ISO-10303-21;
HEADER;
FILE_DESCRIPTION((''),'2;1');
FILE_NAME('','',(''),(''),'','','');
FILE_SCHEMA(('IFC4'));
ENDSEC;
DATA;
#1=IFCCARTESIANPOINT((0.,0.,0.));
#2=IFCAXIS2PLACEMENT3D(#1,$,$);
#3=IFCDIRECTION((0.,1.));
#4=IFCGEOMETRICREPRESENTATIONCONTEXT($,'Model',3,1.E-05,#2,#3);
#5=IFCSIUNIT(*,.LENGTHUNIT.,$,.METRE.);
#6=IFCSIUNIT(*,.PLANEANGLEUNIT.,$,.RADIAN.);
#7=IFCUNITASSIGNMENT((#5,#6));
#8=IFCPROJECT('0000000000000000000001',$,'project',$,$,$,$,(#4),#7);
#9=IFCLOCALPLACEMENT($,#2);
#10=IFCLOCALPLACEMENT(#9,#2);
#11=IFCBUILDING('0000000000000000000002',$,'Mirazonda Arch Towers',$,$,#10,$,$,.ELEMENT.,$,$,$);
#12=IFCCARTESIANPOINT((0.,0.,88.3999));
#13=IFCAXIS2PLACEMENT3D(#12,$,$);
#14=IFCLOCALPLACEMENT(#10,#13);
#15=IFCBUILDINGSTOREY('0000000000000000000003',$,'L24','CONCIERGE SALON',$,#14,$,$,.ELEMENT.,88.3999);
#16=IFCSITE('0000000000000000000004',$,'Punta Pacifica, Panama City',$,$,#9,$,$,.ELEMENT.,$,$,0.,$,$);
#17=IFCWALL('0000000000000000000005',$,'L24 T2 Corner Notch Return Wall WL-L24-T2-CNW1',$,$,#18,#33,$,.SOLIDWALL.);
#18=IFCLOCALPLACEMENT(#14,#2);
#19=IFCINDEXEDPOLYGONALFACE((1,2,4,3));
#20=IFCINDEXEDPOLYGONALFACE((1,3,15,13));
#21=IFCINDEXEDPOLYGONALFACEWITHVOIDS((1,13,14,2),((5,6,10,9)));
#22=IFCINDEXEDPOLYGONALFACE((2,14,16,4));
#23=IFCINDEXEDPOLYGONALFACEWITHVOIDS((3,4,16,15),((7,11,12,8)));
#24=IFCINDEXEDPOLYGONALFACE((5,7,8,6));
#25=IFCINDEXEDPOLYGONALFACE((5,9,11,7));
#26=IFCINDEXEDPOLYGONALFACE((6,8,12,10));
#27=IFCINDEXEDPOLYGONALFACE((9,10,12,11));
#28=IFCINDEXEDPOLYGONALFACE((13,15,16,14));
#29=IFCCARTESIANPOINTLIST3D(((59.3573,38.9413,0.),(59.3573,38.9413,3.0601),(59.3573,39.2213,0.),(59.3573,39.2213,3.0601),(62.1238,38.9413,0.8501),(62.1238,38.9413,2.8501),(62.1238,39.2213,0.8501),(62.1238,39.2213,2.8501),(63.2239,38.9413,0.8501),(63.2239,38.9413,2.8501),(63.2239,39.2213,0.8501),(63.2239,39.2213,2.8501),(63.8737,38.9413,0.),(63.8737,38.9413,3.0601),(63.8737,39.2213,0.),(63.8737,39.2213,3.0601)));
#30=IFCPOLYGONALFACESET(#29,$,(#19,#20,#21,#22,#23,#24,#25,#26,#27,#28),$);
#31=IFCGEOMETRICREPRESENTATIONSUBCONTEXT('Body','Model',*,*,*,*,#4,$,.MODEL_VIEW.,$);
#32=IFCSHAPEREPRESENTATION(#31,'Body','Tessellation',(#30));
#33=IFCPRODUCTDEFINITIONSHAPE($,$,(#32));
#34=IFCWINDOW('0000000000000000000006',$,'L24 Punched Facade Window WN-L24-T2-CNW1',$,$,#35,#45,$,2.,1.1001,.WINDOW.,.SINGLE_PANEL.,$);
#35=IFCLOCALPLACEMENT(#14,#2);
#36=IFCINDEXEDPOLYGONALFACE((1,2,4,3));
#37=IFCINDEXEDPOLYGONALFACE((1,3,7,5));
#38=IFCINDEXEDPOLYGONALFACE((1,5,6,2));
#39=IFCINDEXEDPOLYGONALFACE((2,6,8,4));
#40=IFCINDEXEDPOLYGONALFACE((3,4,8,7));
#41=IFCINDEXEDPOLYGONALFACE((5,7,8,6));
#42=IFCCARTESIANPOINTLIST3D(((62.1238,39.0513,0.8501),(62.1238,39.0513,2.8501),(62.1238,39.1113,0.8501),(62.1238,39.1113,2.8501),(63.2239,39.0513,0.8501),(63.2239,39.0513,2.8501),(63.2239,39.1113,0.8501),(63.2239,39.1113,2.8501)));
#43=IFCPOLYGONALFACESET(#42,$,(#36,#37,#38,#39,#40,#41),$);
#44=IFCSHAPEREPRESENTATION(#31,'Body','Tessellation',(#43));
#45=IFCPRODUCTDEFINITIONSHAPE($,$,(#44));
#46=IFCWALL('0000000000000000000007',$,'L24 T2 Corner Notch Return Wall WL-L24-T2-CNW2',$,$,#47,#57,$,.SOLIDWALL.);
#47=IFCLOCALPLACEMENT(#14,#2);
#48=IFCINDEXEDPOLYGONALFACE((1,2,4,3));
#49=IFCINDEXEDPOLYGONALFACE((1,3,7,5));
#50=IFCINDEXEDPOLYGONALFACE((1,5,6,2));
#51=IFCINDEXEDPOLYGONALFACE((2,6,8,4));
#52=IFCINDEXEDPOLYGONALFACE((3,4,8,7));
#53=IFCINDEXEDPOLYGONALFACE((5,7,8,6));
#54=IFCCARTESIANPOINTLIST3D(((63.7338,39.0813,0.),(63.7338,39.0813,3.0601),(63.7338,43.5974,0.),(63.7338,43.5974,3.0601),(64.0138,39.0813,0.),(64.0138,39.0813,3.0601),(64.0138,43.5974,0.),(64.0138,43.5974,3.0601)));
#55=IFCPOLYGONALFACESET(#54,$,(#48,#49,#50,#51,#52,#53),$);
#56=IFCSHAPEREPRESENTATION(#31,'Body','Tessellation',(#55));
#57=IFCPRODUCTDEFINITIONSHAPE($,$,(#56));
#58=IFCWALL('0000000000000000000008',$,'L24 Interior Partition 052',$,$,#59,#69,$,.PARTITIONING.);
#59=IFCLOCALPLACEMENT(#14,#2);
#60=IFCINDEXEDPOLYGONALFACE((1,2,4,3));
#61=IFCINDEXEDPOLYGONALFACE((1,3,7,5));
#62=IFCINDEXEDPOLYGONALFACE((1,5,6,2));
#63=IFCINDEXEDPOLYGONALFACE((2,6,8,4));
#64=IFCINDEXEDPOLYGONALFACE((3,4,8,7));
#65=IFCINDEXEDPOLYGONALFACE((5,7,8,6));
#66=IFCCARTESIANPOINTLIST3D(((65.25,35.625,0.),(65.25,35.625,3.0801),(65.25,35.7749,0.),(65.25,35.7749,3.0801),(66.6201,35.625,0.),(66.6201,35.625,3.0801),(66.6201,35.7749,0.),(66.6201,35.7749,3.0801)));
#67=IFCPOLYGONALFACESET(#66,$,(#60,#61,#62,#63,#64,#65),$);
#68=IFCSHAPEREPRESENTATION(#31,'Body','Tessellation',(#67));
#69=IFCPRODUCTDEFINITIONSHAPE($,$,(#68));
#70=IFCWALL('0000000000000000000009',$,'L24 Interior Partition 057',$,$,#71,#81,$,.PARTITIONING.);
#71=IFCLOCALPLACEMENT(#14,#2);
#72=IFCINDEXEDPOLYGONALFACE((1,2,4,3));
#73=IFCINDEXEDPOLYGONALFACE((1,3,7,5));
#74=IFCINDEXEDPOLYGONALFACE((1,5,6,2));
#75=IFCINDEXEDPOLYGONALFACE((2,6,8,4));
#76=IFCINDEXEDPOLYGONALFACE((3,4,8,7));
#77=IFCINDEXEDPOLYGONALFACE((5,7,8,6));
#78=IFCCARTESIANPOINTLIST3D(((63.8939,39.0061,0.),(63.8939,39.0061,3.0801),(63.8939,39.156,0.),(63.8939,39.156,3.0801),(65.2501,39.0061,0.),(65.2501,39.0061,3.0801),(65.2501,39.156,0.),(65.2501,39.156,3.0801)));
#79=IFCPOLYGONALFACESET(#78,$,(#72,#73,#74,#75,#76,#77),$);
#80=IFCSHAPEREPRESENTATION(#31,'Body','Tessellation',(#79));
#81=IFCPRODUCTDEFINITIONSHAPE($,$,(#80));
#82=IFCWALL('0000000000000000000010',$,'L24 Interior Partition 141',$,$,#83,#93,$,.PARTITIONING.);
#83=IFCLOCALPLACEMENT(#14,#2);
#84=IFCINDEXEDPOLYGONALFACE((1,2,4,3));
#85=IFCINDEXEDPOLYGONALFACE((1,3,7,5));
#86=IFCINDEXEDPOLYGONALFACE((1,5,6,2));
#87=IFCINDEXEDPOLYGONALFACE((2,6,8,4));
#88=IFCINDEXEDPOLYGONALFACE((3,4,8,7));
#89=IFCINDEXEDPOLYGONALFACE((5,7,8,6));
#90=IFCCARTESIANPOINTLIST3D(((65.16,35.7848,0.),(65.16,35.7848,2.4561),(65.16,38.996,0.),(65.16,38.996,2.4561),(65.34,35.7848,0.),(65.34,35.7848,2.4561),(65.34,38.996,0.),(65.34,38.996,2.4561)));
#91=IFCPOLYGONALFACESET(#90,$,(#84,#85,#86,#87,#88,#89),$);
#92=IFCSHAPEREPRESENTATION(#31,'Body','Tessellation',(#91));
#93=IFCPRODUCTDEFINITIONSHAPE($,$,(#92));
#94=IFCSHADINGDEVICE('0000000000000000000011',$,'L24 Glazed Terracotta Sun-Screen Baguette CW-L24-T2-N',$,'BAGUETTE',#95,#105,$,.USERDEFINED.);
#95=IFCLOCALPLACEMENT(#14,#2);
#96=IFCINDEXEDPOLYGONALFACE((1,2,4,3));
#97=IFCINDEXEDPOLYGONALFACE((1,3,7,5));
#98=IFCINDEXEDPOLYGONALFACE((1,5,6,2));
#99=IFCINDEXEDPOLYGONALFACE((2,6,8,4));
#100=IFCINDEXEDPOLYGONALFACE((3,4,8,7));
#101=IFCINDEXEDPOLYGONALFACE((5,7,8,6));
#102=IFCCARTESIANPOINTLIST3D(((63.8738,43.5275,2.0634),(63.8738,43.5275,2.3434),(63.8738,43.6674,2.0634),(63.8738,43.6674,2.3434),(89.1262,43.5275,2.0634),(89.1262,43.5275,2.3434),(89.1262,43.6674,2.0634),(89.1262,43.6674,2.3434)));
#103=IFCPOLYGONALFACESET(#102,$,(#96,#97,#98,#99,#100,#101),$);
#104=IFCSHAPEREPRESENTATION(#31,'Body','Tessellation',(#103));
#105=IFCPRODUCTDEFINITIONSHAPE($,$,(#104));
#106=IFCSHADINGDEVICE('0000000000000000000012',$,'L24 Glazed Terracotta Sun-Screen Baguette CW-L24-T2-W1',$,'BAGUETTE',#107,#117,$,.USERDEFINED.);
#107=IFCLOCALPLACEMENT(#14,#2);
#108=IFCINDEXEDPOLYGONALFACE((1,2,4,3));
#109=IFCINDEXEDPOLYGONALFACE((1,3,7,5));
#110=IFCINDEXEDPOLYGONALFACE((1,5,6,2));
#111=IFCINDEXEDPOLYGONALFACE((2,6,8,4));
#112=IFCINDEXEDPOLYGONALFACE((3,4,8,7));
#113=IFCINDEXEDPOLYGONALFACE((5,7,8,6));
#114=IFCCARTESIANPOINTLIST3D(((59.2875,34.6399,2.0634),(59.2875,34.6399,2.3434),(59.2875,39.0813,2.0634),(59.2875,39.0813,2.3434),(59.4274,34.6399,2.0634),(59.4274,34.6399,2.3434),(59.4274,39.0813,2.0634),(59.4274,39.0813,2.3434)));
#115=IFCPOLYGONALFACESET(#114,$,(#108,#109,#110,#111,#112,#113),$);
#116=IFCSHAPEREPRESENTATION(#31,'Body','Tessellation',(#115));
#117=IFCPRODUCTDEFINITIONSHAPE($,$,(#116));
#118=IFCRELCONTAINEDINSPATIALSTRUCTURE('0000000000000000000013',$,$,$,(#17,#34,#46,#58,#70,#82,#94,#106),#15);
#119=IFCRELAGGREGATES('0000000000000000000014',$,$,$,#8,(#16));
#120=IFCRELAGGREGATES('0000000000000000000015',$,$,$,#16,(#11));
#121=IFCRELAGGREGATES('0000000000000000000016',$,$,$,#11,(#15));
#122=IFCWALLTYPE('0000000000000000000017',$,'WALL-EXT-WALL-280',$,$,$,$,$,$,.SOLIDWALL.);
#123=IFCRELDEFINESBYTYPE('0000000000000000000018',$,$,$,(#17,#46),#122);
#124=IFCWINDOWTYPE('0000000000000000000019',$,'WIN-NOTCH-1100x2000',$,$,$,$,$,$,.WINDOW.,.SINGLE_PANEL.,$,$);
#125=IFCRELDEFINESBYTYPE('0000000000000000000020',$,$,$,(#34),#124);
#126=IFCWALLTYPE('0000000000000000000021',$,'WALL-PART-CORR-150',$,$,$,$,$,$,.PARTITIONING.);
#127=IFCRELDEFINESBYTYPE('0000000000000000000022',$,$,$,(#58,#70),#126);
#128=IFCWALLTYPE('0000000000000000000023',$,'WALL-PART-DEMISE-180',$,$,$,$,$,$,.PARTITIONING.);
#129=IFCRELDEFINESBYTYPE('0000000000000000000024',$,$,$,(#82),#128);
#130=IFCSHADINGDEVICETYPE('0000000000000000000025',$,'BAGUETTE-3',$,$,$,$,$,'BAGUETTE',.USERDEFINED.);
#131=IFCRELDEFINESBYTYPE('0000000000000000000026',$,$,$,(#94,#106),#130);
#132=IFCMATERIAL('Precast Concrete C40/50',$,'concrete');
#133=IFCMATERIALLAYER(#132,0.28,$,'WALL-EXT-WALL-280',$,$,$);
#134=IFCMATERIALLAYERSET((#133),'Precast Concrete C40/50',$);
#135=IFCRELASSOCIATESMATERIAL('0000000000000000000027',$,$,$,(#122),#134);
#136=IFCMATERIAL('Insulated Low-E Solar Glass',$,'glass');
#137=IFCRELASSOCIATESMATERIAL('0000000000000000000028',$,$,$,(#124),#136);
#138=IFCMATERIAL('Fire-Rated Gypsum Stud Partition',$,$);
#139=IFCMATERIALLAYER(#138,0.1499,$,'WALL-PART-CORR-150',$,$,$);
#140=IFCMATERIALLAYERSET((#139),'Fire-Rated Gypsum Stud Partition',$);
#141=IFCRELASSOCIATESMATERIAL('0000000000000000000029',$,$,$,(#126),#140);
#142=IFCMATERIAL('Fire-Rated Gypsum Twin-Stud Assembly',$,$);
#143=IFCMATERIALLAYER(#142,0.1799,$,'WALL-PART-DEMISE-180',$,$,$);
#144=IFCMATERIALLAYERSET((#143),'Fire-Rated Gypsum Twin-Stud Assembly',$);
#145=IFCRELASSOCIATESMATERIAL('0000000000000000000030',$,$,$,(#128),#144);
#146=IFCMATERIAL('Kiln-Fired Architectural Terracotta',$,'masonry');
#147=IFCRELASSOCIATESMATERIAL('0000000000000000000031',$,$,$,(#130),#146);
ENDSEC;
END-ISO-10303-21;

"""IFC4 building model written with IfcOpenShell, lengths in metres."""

from ifc_helpers import new_model, si_unit, direction, frame, frame_2d, origin, origin_2d, place, context, subcontext, project, spatial, rectangle, extrude, material, layer, layer_set, material_profile, profile_set, type_object, element, fill, save


model = new_model("IFC4")

# Units and contexts
model_context = context("Model", 3, precision=1e-05, world=origin(), true_north=direction((0.0, 1.0)))
body_context = subcontext(model_context, "Body", "Model", "MODEL_VIEW")
ifc_project = project(units=[si_unit("LENGTHUNIT", "METRE"), si_unit("PLANEANGLEUNIT", "RADIAN")], contexts=[model_context])

# Site, building, storey
site_placement = place(None, origin())
site = spatial("IfcSite", under=ifc_project, at=site_placement, Name="Punta Pacifica, Panama City", CompositionType="ELEMENT", RefElevation=0.0)
building_placement = place(site_placement, origin())
building = spatial("IfcBuilding", under=site, at=building_placement, Name="Mirazonda Arch Towers", CompositionType="ELEMENT")
storey_placement = place(building_placement, frame((0.0, 0.0, 88.3999)))
storey = spatial("IfcBuildingStorey", under=building, at=storey_placement, Name="L24", Description="CONCIERGE SALON", CompositionType="ELEMENT", Elevation=88.3999)

# Shared definitions
ifc_material_1 = material(Name="Insulated Low-E Solar Glass", Category="glass")

# Wall, opening, window
ifc_material_2 = material(Name="Precast Concrete C40/50", Category="concrete")
ifc_layer_1 = layer(ifc_material_2, 0.28, Name="WALL-EXT-WALL-280")
ifc_layer_set_1 = layer_set([ifc_layer_1], Name="Precast Concrete C40/50")
wall_type_1 = type_object("IfcWallType", Name="WALL-EXT-WALL-280", PredefinedType="SOLIDWALL", material=ifc_layer_set_1)
wall_1_placement = place(storey_placement, frame((63.8738, 39.0813, 0.0), z_axis=(0.0, 0.0, 1.0), x_axis=(-1.0, 0.0, 0.0)))
wall_1 = element("IfcWall", 1, at=wall_1_placement, inside=storey, type_object=wall_type_1, Name="L24 T2 Corner Notch Return Wall WL-L24-T2-CNW1", PredefinedType="SOLIDWALL", context=body_context, shape_type="SweptSolid", body=[
    extrude(rectangle(XDim=4.5164, YDim=0.28, at=frame_2d((2.2583, 0.0))), origin(), (0.0, 0.0, 1.0), 3.0601),
])
opening_placement = place(wall_1_placement, frame((0.6499, 0.0, 0.8501)))
opening = element("IfcOpeningElement", 2, at=opening_placement, cuts=wall_1, PredefinedType="OPENING", context=body_context, shape_type="SweptSolid", body=[
    extrude(rectangle(XDim=1.1001, YDim=2.0, at=frame_2d((0.55, 1.0))), frame((0.0, 0.1499, 0.0), z_axis=(0.0, -1.0, 0.0), x_axis=(1.0, 0.0, 0.0)), (0.0, 0.0, 1.0), 0.3),
])
window_type = type_object("IfcWindowType", Name="WIN-NOTCH-1100x2000", PartitioningType="SINGLE_PANEL", PredefinedType="WINDOW", material=ifc_material_1)
window_placement = place(opening_placement, origin())
window = element("IfcWindow", 3, at=window_placement, inside=storey, type_object=window_type, Name="L24 Punched Facade Window WN-L24-T2-CNW1", OverallHeight=2.0, OverallWidth=1.1001, PartitioningType="SINGLE_PANEL", PredefinedType="WINDOW", context=body_context, shape_type="SweptSolid", body=[
    extrude(rectangle(XDim=1.1001, YDim=2.0, at=frame_2d((0.55, 1.0))), frame((0.0, 0.03, 0.0), z_axis=(0.0, -1.0, 0.0), x_axis=(1.0, 0.0, 0.0)), (0.0, 0.0, 1.0), 0.0601),
])
fill(opening, window)

# Walls
wall_2_placement = place(storey_placement, frame((63.8738, 43.5974, 0.0), z_axis=(0.0, 0.0, 1.0), x_axis=(0.0, -1.0, 0.0)))
element("IfcWall", 4, at=wall_2_placement, inside=storey, type_object=wall_type_1, Name="L24 T2 Corner Notch Return Wall WL-L24-T2-CNW2", PredefinedType="SOLIDWALL", context=body_context, shape_type="SweptSolid", body=[
    extrude(rectangle(XDim=4.5161, YDim=0.28, at=frame_2d((2.2581, 0.0))), origin(), (0.0, 0.0, 1.0), 3.0601),
])
ifc_material_3 = material(Name="Fire-Rated Gypsum Stud Partition")
ifc_layer_2 = layer(ifc_material_3, 0.1499, Name="WALL-PART-CORR-150")
ifc_layer_set_2 = layer_set([ifc_layer_2], Name="Fire-Rated Gypsum Stud Partition")
wall_type_2 = type_object("IfcWallType", Name="WALL-PART-CORR-150", PredefinedType="PARTITIONING", material=ifc_layer_set_2)
wall_3_placement = place(storey_placement, frame((65.25, 35.7, 0.0), z_axis=(0.0, 0.0, 1.0), x_axis=(1.0, 0.0, 0.0)))
element("IfcWall", 5, at=wall_3_placement, inside=storey, type_object=wall_type_2, Name="L24 Interior Partition 052", PredefinedType="PARTITIONING", context=body_context, shape_type="SweptSolid", body=[
    extrude(rectangle(XDim=1.3701, YDim=0.1499, at=frame_2d((0.6851, 0.0))), origin(), (0.0, 0.0, 1.0), 3.0801),
])
wall_4_placement = place(storey_placement, frame((63.8938, 39.0811, 0.0), z_axis=(0.0, 0.0, 1.0), x_axis=(1.0, 0.0, 0.0)))
element("IfcWall", 6, at=wall_4_placement, inside=storey, type_object=wall_type_2, Name="L24 Interior Partition 057", PredefinedType="PARTITIONING", context=body_context, shape_type="SweptSolid", body=[
    extrude(rectangle(XDim=1.3562, YDim=0.1499, at=frame_2d((0.6782, 0.0))), origin(), (0.0, 0.0, 1.0), 3.0801),
])
ifc_material_4 = material(Name="Fire-Rated Gypsum Twin-Stud Assembly")
ifc_layer_3 = layer(ifc_material_4, 0.1799, Name="WALL-PART-DEMISE-180")
ifc_layer_set_3 = layer_set([ifc_layer_3], Name="Fire-Rated Gypsum Twin-Stud Assembly")
wall_type_3 = type_object("IfcWallType", Name="WALL-PART-DEMISE-180", PredefinedType="PARTITIONING", material=ifc_layer_set_3)
wall_5_placement = place(storey_placement, frame((65.25, 35.7849, 0.0), z_axis=(0.0, 0.0, 1.0), x_axis=(0.0, 1.0, 0.0)))
element("IfcWall", 7, at=wall_5_placement, inside=storey, type_object=wall_type_3, Name="L24 Interior Partition 141", PredefinedType="PARTITIONING", context=body_context, shape_type="SweptSolid", body=[
    extrude(rectangle(XDim=3.2112, YDim=0.1799, at=frame_2d((1.6055, 0.0))), origin(), (0.0, 0.0, 1.0), 2.4561),
])

# Shading devices
ifc_material_5 = material(Name="Kiln-Fired Architectural Terracotta", Category="masonry")
ifc_material_profile_1 = material_profile(ifc_material_5, rectangle(XDim=0.1399, YDim=0.28, at=origin_2d()), Name="TERRA-BAG-140x280")
ifc_profile_set_1 = profile_set([ifc_material_profile_1], Name="Kiln-Fired Architectural Terracotta")
shading_device_type = type_object("IfcShadingDeviceType", Name="BAGUETTE-3", ElementType="BAGUETTE", PredefinedType="USERDEFINED", material=ifc_profile_set_1)
shading_device_1_placement = place(storey_placement, frame((63.8738, 43.5974, 2.2034), z_axis=(1.0, 0.0, 0.0), x_axis=(0.0, 1.0, 0.0)))
element("IfcShadingDevice", 8, at=shading_device_1_placement, inside=storey, type_object=shading_device_type, Name="L24 Glazed Terracotta Sun-Screen Baguette CW-L24-T2-N", ObjectType="BAGUETTE", PredefinedType="USERDEFINED", context=body_context, shape_type="SweptSolid", body=[
    extrude(rectangle(XDim=0.1399, YDim=0.28, at=origin_2d()), origin(), (0.0, 0.0, 1.0), 25.2524),
])
shading_device_2_placement = place(storey_placement, frame((59.3574, 39.0813, 2.2034), z_axis=(0.0, -1.0, 0.0), x_axis=(1.0, 0.0, 0.0)))
element("IfcShadingDevice", 9, at=shading_device_2_placement, inside=storey, type_object=shading_device_type, Name="L24 Glazed Terracotta Sun-Screen Baguette CW-L24-T2-W1", ObjectType="BAGUETTE", PredefinedType="USERDEFINED", context=body_context, shape_type="SweptSolid", body=[
    extrude(rectangle(XDim=0.1399, YDim=0.28, at=origin_2d()), origin(), (0.0, 0.0, 1.0), 4.4414),
])

save(model, "model.ifc")
